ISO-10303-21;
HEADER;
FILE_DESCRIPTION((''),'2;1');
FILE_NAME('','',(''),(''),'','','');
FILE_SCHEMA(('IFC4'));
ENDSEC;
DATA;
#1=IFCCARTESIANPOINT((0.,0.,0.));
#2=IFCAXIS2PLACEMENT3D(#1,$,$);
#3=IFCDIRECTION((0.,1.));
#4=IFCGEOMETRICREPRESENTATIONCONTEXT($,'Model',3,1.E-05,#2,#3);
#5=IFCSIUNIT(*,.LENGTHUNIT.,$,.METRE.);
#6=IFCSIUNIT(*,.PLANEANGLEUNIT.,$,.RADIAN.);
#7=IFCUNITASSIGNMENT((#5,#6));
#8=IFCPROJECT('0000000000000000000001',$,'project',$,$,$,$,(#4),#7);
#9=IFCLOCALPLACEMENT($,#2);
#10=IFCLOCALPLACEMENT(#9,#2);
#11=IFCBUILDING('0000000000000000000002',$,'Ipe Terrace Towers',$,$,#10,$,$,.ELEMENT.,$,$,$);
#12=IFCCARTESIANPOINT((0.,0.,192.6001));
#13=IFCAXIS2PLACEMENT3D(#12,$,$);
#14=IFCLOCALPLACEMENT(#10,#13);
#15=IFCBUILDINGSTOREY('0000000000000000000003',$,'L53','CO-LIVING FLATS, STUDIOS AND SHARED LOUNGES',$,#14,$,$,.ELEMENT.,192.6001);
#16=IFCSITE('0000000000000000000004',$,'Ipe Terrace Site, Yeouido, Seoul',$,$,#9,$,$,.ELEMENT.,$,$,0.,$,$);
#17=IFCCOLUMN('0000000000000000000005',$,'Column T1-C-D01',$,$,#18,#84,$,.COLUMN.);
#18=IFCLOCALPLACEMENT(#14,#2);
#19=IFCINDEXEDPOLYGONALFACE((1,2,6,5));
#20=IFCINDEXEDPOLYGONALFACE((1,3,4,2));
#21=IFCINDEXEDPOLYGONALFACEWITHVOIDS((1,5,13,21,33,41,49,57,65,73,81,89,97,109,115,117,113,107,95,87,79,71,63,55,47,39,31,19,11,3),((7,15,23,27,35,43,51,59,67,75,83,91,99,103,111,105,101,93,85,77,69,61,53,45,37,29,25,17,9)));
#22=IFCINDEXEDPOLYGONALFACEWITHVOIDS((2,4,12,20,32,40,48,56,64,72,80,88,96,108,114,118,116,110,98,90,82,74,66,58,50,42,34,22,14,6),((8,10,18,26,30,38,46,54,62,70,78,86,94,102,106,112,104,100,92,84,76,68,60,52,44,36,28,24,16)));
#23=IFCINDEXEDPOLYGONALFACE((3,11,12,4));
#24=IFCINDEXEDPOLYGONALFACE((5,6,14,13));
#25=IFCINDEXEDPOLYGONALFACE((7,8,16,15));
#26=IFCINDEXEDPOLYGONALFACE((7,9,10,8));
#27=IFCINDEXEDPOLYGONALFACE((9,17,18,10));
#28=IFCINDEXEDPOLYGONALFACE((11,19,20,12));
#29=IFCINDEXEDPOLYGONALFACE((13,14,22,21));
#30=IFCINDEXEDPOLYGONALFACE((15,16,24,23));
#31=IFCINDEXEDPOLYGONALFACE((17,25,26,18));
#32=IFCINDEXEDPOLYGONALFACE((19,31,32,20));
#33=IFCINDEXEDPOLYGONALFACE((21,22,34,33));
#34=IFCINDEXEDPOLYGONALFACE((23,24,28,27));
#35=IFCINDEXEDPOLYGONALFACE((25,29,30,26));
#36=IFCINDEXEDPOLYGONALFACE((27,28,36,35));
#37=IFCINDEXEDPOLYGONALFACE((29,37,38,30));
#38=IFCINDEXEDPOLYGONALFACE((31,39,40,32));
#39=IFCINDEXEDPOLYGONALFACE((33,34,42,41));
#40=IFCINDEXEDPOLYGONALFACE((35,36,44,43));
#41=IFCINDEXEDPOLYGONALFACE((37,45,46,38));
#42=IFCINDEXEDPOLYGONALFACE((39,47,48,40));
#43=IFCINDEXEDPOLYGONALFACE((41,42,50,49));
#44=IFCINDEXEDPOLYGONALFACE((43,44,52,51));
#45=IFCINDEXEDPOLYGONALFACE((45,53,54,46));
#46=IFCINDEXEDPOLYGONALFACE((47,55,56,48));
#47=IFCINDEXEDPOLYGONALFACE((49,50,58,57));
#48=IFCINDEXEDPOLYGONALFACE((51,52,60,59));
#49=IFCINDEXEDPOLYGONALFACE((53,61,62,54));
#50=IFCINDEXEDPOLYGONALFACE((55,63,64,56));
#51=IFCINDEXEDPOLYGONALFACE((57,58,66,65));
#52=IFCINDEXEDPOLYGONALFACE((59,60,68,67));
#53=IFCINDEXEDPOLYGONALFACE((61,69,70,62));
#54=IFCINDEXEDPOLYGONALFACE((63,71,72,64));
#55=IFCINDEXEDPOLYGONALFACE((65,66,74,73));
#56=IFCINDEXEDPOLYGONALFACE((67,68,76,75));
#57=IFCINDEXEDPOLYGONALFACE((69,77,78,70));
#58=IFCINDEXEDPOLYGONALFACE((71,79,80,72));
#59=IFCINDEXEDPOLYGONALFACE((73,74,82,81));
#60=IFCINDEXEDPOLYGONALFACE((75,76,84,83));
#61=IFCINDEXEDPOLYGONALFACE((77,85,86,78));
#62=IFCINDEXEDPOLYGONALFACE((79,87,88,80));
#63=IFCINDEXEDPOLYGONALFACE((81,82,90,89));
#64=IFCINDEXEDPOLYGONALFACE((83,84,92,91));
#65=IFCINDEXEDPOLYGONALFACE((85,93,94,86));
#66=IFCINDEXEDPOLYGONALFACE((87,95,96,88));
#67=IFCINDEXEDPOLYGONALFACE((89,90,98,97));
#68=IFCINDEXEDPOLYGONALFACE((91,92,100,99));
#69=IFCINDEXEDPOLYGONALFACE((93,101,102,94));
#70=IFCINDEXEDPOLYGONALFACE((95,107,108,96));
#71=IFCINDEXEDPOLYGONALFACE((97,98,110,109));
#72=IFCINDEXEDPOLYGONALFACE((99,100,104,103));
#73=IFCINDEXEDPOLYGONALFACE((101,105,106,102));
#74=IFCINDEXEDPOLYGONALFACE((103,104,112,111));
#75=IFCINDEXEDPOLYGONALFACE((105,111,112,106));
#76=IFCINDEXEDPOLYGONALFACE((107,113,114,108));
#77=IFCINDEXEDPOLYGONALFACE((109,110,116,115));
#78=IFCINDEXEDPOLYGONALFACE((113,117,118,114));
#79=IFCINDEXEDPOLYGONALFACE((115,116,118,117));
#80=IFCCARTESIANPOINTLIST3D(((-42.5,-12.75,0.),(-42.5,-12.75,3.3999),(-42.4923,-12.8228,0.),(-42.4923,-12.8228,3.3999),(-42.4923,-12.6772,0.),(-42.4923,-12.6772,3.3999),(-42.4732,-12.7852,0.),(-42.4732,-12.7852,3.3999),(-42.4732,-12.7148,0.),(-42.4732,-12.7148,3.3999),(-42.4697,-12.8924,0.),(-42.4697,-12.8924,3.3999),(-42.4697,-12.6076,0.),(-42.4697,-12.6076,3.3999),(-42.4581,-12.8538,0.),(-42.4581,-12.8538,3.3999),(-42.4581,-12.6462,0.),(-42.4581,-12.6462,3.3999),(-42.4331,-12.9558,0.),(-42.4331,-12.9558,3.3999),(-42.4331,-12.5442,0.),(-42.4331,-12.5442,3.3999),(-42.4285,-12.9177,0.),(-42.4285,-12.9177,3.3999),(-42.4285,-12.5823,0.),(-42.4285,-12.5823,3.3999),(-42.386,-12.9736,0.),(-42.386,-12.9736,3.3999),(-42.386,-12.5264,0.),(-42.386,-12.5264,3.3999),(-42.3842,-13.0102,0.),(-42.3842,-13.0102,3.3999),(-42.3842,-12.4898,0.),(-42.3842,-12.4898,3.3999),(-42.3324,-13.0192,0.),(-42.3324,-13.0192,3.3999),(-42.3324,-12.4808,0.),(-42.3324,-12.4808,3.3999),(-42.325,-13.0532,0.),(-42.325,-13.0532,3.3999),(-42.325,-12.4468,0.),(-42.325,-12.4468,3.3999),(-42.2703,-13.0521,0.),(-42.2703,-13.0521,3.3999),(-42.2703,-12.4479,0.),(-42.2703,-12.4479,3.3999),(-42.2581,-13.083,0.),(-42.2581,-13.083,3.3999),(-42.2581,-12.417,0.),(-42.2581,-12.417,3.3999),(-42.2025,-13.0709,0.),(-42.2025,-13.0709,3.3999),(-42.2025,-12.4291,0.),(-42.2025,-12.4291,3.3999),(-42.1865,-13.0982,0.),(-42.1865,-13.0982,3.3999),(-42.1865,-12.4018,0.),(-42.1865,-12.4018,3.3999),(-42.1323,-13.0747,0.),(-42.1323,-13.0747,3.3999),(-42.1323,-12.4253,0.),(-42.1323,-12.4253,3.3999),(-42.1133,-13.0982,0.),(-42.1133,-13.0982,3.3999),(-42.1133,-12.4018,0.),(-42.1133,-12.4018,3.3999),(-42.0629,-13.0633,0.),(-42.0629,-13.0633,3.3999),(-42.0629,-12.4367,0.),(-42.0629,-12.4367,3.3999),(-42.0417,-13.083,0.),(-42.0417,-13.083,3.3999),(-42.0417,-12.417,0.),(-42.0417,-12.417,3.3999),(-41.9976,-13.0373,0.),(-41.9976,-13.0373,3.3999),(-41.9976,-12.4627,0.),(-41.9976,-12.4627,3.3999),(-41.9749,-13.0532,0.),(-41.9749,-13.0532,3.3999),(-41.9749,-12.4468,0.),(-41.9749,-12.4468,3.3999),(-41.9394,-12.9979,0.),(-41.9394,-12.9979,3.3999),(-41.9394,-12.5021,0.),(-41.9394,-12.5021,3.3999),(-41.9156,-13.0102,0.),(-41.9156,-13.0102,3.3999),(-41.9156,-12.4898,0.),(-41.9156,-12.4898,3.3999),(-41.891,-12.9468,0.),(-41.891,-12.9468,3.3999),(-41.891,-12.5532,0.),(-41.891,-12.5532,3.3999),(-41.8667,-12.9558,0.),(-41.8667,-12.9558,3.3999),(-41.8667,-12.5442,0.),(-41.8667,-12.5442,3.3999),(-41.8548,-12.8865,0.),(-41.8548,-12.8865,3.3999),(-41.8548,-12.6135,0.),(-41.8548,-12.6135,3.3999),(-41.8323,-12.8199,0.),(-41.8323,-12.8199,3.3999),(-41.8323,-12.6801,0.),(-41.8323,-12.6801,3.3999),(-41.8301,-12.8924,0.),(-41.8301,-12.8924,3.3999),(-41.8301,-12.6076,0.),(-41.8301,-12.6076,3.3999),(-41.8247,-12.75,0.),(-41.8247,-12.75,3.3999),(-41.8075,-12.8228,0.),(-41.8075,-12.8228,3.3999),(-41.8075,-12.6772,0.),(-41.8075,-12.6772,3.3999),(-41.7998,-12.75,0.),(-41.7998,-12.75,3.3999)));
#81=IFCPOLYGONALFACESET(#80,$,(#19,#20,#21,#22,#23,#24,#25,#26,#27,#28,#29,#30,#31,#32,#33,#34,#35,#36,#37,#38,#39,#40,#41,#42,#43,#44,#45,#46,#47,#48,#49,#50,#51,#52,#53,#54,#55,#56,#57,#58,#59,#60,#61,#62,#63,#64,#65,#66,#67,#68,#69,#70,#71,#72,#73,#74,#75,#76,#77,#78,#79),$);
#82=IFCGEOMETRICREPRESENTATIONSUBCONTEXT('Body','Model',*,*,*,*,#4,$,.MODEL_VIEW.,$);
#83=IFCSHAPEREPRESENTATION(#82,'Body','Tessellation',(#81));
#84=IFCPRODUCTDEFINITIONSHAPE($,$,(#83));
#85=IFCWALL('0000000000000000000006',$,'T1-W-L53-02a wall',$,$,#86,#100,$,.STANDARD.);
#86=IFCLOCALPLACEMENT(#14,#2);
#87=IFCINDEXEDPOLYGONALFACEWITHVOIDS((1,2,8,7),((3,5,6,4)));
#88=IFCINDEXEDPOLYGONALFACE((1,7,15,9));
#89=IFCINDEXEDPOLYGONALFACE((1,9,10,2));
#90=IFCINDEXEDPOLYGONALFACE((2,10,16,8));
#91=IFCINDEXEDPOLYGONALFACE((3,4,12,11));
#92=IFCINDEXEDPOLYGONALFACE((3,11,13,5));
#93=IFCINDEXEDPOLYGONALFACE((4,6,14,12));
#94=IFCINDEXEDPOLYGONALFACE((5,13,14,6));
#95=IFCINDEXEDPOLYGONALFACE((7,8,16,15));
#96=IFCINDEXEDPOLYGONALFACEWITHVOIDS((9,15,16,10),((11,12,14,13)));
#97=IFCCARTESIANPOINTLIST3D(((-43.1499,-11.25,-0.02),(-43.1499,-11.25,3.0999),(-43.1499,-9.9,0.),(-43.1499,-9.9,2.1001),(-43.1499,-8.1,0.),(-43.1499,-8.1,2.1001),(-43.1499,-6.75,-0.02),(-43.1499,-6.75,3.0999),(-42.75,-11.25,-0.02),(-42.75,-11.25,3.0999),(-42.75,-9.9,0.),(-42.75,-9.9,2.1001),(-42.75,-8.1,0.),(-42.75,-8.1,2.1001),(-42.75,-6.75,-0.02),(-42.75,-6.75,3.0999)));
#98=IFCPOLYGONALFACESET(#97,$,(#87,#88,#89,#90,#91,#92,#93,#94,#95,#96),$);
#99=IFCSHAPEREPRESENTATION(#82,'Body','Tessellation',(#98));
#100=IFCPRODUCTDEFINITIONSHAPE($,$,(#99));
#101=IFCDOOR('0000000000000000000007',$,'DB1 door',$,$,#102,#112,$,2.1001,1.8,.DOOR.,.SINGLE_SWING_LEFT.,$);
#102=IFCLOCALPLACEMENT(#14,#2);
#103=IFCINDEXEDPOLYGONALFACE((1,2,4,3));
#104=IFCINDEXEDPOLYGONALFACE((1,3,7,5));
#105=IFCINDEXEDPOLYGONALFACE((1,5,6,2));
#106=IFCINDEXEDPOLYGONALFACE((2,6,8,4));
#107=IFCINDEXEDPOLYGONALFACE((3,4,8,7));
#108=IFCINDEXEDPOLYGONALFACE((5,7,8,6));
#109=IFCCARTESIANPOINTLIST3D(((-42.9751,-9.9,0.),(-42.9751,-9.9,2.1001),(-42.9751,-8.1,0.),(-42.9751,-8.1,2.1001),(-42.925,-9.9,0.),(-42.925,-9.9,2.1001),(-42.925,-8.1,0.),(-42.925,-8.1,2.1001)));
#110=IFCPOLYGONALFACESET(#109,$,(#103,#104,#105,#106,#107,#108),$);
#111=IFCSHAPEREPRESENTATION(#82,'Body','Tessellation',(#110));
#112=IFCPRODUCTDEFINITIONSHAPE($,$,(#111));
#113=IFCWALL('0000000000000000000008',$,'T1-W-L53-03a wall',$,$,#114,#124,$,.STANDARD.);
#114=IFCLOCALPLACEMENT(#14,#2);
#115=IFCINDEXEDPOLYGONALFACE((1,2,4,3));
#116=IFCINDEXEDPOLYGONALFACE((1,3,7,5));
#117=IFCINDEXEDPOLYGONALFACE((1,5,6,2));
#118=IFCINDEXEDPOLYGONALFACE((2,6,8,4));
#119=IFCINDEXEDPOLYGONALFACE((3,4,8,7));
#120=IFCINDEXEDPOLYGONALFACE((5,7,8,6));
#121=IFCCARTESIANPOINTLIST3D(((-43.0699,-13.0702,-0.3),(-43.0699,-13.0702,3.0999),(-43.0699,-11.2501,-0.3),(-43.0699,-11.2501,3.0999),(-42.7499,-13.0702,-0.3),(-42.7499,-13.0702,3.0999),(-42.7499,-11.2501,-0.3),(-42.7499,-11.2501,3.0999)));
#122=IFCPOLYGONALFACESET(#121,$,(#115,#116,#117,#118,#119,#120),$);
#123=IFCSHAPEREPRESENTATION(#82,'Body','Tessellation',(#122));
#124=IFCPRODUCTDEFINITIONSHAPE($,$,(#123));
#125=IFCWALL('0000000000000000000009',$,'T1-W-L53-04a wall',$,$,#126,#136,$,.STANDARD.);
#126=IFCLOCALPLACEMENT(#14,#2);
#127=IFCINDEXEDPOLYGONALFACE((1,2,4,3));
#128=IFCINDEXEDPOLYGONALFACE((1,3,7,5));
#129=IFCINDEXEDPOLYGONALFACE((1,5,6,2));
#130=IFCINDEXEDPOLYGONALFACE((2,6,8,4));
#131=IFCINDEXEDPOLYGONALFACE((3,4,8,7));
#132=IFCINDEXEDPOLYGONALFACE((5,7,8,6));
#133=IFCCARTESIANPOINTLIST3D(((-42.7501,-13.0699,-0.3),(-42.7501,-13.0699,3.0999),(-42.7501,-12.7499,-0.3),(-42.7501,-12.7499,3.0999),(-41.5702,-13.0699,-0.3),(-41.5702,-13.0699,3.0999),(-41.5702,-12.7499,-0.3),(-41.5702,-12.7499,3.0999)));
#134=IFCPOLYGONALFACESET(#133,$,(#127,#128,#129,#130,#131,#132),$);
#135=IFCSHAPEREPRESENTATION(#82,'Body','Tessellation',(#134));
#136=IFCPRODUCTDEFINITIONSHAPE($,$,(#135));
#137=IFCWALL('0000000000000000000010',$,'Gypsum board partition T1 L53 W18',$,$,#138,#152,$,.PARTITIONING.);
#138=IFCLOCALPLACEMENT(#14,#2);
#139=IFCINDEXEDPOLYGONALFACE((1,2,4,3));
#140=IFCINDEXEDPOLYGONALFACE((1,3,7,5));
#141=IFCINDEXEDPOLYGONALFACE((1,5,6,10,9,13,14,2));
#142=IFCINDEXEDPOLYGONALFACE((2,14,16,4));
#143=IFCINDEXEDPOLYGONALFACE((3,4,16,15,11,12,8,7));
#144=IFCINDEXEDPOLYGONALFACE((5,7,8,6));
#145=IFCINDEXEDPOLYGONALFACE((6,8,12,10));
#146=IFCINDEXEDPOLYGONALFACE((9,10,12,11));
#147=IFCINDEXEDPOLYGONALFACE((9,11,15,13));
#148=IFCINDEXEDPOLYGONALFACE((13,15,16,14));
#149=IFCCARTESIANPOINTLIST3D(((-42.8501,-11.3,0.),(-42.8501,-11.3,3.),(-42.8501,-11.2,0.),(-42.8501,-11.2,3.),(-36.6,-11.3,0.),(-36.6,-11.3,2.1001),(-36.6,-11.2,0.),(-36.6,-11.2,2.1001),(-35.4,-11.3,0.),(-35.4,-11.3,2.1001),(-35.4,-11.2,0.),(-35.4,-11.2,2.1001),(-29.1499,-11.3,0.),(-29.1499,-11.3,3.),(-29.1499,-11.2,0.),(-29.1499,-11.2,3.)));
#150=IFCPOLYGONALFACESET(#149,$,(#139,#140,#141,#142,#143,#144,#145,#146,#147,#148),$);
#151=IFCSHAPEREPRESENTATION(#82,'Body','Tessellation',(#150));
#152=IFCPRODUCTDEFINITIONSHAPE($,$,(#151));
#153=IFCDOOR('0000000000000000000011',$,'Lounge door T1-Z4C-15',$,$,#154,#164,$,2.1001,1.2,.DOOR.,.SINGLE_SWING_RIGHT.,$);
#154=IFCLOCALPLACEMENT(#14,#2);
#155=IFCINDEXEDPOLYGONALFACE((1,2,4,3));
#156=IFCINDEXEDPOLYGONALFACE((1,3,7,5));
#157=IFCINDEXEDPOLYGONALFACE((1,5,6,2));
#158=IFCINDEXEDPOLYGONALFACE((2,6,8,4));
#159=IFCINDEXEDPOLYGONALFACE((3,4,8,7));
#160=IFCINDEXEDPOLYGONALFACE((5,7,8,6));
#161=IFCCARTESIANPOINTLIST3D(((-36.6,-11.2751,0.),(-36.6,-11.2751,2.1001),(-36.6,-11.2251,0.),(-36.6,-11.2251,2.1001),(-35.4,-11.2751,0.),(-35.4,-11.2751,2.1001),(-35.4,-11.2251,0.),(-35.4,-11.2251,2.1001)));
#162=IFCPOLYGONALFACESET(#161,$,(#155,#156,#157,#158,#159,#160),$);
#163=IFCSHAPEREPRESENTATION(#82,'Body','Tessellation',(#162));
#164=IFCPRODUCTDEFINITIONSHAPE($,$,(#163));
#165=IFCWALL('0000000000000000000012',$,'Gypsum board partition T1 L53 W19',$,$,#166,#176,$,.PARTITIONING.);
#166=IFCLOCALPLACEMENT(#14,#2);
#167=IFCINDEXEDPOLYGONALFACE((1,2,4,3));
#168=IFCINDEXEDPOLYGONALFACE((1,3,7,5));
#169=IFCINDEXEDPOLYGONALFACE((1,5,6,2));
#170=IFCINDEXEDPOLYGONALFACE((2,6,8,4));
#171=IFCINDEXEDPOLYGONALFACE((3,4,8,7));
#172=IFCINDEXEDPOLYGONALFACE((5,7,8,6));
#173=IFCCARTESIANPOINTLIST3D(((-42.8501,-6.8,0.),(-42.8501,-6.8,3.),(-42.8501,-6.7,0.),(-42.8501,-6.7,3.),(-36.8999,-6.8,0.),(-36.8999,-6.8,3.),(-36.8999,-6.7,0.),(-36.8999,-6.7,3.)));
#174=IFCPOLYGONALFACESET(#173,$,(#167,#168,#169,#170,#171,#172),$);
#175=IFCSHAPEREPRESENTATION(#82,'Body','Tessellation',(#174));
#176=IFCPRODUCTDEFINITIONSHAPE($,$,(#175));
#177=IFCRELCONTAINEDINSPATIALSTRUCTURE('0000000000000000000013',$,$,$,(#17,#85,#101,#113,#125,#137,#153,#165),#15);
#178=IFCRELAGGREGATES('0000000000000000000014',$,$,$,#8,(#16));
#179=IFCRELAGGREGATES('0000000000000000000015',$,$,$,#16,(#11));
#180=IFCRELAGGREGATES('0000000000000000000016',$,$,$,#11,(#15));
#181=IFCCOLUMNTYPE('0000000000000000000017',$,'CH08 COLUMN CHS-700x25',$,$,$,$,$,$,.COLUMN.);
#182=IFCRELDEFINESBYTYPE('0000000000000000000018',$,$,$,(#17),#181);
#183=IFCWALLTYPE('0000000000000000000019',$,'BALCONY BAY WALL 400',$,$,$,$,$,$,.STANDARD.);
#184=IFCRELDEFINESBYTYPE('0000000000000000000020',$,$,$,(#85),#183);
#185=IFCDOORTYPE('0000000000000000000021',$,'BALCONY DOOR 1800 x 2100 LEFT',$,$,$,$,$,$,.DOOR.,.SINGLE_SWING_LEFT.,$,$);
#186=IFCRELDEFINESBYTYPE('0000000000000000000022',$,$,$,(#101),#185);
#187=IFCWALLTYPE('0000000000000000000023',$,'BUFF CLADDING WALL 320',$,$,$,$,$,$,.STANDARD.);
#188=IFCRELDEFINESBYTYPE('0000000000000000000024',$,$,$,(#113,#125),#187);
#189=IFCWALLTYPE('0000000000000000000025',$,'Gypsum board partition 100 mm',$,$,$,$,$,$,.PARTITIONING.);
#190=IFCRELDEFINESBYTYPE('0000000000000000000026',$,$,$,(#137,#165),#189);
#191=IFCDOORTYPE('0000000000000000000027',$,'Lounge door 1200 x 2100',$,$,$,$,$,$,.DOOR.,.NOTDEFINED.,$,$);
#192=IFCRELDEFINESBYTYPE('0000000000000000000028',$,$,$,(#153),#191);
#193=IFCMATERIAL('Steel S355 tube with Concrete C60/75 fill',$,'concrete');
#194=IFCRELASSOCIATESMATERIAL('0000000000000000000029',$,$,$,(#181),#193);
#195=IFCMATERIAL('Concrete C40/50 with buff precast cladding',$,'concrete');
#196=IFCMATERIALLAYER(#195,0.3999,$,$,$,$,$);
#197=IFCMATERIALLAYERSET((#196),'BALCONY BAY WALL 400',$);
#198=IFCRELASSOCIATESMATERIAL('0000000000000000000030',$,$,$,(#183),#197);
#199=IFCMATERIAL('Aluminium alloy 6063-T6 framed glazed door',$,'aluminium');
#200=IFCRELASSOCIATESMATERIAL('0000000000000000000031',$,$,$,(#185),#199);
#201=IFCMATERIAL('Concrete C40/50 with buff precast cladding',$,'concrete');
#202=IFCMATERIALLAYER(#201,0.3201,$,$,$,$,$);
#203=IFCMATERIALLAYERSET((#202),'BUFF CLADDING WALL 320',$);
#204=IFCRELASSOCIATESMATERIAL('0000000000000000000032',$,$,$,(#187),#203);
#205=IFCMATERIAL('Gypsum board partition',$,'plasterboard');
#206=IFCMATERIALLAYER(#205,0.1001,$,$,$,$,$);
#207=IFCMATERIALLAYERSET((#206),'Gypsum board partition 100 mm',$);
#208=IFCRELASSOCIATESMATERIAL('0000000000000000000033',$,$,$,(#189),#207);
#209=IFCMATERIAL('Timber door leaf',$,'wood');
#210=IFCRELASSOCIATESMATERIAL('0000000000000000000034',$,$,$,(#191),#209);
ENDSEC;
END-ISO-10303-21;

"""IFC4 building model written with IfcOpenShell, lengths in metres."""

from ifc_helpers import new_model, si_unit, direction, frame, frame_2d, origin, origin_2d, place, context, subcontext, project, spatial, rectangle, hollow_circle, extrude, material, layer, layer_set, material_profile, profile_set, type_object, element, fill, save


model = new_model("IFC4")

# Units and contexts
model_context = context("Model", 3, precision=1e-05, world=origin(), true_north=direction((0.0, 1.0)))
body_context = subcontext(model_context, "Body", "Model", "MODEL_VIEW")
ifc_project = project(units=[si_unit("LENGTHUNIT", "METRE"), si_unit("PLANEANGLEUNIT", "RADIAN")], contexts=[model_context])

# Site, building, storey
site_placement = place(None, origin())
site = spatial("IfcSite", under=ifc_project, at=site_placement, Name="Ipe Terrace Site, Yeouido, Seoul", CompositionType="ELEMENT", RefElevation=0.0)
building_placement = place(site_placement, origin())
building = spatial("IfcBuilding", under=site, at=building_placement, Name="Ipe Terrace Towers", CompositionType="ELEMENT")
storey_placement = place(building_placement, frame((0.0, 0.0, 192.6001)))
storey = spatial("IfcBuildingStorey", under=building, at=storey_placement, Name="L53", Description="CO-LIVING FLATS, STUDIOS AND SHARED LOUNGES", CompositionType="ELEMENT", Elevation=192.6001)

# Column
ifc_material_1 = material(Name="Steel S355 tube with Concrete C60/75 fill", Category="concrete")
ifc_material_profile = material_profile(ifc_material_1, hollow_circle(Radius=0.3501, WallThickness=0.0249, at=origin_2d()), Name="CHS-700x25")
ifc_profile_set = profile_set([ifc_material_profile], Name="Steel S355 tube with Concrete C60/75 fill")
column_type = type_object("IfcColumnType", Name="CH08 COLUMN CHS-700x25", PredefinedType="COLUMN", material=ifc_profile_set)
column_placement = place(storey_placement, frame((-42.1499, -12.75, 0.0), z_axis=(0.0, 0.0, 1.0), x_axis=(1.0, 0.0, 0.0)))
element("IfcColumn", 1, at=column_placement, inside=storey, type_object=column_type, Name="Column T1-C-D01", PredefinedType="COLUMN", context=body_context, shape_type="SweptSolid", body=[
    extrude(hollow_circle(Radius=0.3501, WallThickness=0.0249, at=origin_2d()), origin(), (0.0, 0.0, 1.0), 3.3999),
])

# Wall, opening, door
ifc_material_2 = material(Name="Concrete C40/50 with buff precast cladding", Category="concrete")
ifc_layer_1 = layer(ifc_material_2, 0.3999)
ifc_layer_set_1 = layer_set([ifc_layer_1], Name="BALCONY BAY WALL 400")
wall_type_1 = type_object("IfcWallType", Name="BALCONY BAY WALL 400", PredefinedType="STANDARD", material=ifc_layer_set_1)
wall_1_placement = place(storey_placement, frame((-42.95, -6.75, -0.02), z_axis=(0.0, 0.0, 1.0), x_axis=(0.0, -1.0, 0.0)))
wall_1 = element("IfcWall", 2, at=wall_1_placement, inside=storey, type_object=wall_type_1, Name="T1-W-L53-02a wall", PredefinedType="STANDARD", context=body_context, shape_type="SweptSolid", body=[
    extrude(rectangle(XDim=4.5, YDim=0.3999, at=frame_2d((2.25, 0.0))), origin(), (0.0, 0.0, 1.0), 3.1199),
])
opening_1_placement = place(wall_1_placement, frame((1.3501, 0.0, 0.02)))
opening_1 = element("IfcOpeningElement", 3, at=opening_1_placement, cuts=wall_1, PredefinedType="OPENING", context=body_context, shape_type="SweptSolid", body=[
    extrude(rectangle(XDim=1.8, YDim=2.1001, at=frame_2d((0.8999, 1.05))), frame((0.0, 0.21, 0.0), z_axis=(0.0, -1.0, 0.0), x_axis=(1.0, 0.0, 0.0)), (0.0, 0.0, 1.0), 0.4199),
])
ifc_material_3 = material(Name="Aluminium alloy 6063-T6 framed glazed door", Category="aluminium")
door_type_1 = type_object("IfcDoorType", Name="BALCONY DOOR 1800 x 2100 LEFT", OperationType="SINGLE_SWING_LEFT", PredefinedType="DOOR", material=ifc_material_3)
door_1_placement = place(opening_1_placement, origin())
door_1 = element("IfcDoor", 4, at=door_1_placement, inside=storey, type_object=door_type_1, Name="DB1 door", OperationType="SINGLE_SWING_LEFT", OverallHeight=2.1001, OverallWidth=1.8, PredefinedType="DOOR", context=body_context, shape_type="SweptSolid", body=[
    extrude(rectangle(XDim=1.8, YDim=2.1001, at=frame_2d((0.8999, 1.05))), frame((0.0, 0.0249, 0.0), z_axis=(0.0, -1.0, 0.0), x_axis=(1.0, 0.0, 0.0)), (0.0, 0.0, 1.0), 0.05),
])
fill(opening_1, door_1)

# Walls
ifc_material_4 = material(Name="Concrete C40/50 with buff precast cladding", Category="concrete")
ifc_layer_2 = layer(ifc_material_4, 0.3201)
ifc_layer_set_2 = layer_set([ifc_layer_2], Name="BUFF CLADDING WALL 320")
wall_type_2 = type_object("IfcWallType", Name="BUFF CLADDING WALL 320", PredefinedType="STANDARD", material=ifc_layer_set_2)
wall_2_placement = place(storey_placement, frame((-42.9099, -11.25, -0.3), z_axis=(0.0, 0.0, 1.0), x_axis=(0.0, -1.0, 0.0)))
element("IfcWall", 5, at=wall_2_placement, inside=storey, type_object=wall_type_2, Name="T1-W-L53-03a wall", PredefinedType="STANDARD", context=body_context, shape_type="SweptSolid", body=[
    extrude(rectangle(XDim=1.8201, YDim=0.3201, at=frame_2d((0.9102, 0.0))), origin(), (0.0, 0.0, 1.0), 3.3999),
])
wall_3_placement = place(storey_placement, frame((-42.75, -12.9099, -0.3), z_axis=(0.0, 0.0, 1.0), x_axis=(1.0, 0.0, 0.0)))
element("IfcWall", 6, at=wall_3_placement, inside=storey, type_object=wall_type_2, Name="T1-W-L53-04a wall", PredefinedType="STANDARD", context=body_context, shape_type="SweptSolid", body=[
    extrude(rectangle(XDim=1.1799, YDim=0.3201, at=frame_2d((0.5898, 0.0))), origin(), (0.0, 0.0, 1.0), 3.3999),
])

# Wall, opening, door
ifc_material_5 = material(Name="Gypsum board partition", Category="plasterboard")
ifc_layer_3 = layer(ifc_material_5, 0.1001)
ifc_layer_set_3 = layer_set([ifc_layer_3], Name="Gypsum board partition 100 mm")
wall_type_3 = type_object("IfcWallType", Name="Gypsum board partition 100 mm", PredefinedType="PARTITIONING", material=ifc_layer_set_3)
wall_4_placement = place(storey_placement, frame((-42.8501, -11.25, 0.0), z_axis=(0.0, 0.0, 1.0), x_axis=(1.0, 0.0, 0.0)))
wall_4 = element("IfcWall", 7, at=wall_4_placement, inside=storey, type_object=wall_type_3, Name="Gypsum board partition T1 L53 W18", PredefinedType="PARTITIONING", context=body_context, shape_type="SweptSolid", body=[
    extrude(rectangle(XDim=13.7002, YDim=0.1001, at=frame_2d((6.8501, 0.0))), origin(), (0.0, 0.0, 1.0), 3.0),
])
opening_2_placement = place(wall_4_placement, frame((6.25, 0.0, 0.0)))
opening_2 = element("IfcOpeningElement", 8, at=opening_2_placement, cuts=wall_4, PredefinedType="OPENING", context=body_context, shape_type="SweptSolid", body=[
    extrude(rectangle(XDim=1.2, YDim=2.1001, at=frame_2d((0.6001, 1.05))), frame((0.0, 0.0601, 0.0), z_axis=(0.0, -1.0, 0.0), x_axis=(1.0, 0.0, 0.0)), (0.0, 0.0, 1.0), 0.1201),
])
ifc_material_6 = material(Name="Timber door leaf", Category="wood")
door_type_2 = type_object("IfcDoorType", Name="Lounge door 1200 x 2100", OperationType="NOTDEFINED", PredefinedType="DOOR", material=ifc_material_6)
door_2_placement = place(opening_2_placement, origin())
door_2 = element("IfcDoor", 9, at=door_2_placement, inside=storey, type_object=door_type_2, Name="Lounge door T1-Z4C-15", OperationType="SINGLE_SWING_RIGHT", OverallHeight=2.1001, OverallWidth=1.2, PredefinedType="DOOR", context=body_context, shape_type="SweptSolid", body=[
    extrude(rectangle(XDim=1.2, YDim=2.1001, at=frame_2d((0.6001, 1.05))), frame((0.0, 0.0249, 0.0), z_axis=(0.0, -1.0, 0.0), x_axis=(1.0, 0.0, 0.0)), (0.0, 0.0, 1.0), 0.05),
])
fill(opening_2, door_2)

# Wall
wall_5_placement = place(storey_placement, frame((-42.8501, -6.75, 0.0), z_axis=(0.0, 0.0, 1.0), x_axis=(1.0, 0.0, 0.0)))
element("IfcWall", 10, at=wall_5_placement, inside=storey, type_object=wall_type_3, Name="Gypsum board partition T1 L53 W19", PredefinedType="PARTITIONING", context=body_context, shape_type="SweptSolid", body=[
    extrude(rectangle(XDim=5.9502, YDim=0.1001, at=frame_2d((2.9751, 0.0))), origin(), (0.0, 0.0, 1.0), 3.0),
])

save(model, "model.ifc")
